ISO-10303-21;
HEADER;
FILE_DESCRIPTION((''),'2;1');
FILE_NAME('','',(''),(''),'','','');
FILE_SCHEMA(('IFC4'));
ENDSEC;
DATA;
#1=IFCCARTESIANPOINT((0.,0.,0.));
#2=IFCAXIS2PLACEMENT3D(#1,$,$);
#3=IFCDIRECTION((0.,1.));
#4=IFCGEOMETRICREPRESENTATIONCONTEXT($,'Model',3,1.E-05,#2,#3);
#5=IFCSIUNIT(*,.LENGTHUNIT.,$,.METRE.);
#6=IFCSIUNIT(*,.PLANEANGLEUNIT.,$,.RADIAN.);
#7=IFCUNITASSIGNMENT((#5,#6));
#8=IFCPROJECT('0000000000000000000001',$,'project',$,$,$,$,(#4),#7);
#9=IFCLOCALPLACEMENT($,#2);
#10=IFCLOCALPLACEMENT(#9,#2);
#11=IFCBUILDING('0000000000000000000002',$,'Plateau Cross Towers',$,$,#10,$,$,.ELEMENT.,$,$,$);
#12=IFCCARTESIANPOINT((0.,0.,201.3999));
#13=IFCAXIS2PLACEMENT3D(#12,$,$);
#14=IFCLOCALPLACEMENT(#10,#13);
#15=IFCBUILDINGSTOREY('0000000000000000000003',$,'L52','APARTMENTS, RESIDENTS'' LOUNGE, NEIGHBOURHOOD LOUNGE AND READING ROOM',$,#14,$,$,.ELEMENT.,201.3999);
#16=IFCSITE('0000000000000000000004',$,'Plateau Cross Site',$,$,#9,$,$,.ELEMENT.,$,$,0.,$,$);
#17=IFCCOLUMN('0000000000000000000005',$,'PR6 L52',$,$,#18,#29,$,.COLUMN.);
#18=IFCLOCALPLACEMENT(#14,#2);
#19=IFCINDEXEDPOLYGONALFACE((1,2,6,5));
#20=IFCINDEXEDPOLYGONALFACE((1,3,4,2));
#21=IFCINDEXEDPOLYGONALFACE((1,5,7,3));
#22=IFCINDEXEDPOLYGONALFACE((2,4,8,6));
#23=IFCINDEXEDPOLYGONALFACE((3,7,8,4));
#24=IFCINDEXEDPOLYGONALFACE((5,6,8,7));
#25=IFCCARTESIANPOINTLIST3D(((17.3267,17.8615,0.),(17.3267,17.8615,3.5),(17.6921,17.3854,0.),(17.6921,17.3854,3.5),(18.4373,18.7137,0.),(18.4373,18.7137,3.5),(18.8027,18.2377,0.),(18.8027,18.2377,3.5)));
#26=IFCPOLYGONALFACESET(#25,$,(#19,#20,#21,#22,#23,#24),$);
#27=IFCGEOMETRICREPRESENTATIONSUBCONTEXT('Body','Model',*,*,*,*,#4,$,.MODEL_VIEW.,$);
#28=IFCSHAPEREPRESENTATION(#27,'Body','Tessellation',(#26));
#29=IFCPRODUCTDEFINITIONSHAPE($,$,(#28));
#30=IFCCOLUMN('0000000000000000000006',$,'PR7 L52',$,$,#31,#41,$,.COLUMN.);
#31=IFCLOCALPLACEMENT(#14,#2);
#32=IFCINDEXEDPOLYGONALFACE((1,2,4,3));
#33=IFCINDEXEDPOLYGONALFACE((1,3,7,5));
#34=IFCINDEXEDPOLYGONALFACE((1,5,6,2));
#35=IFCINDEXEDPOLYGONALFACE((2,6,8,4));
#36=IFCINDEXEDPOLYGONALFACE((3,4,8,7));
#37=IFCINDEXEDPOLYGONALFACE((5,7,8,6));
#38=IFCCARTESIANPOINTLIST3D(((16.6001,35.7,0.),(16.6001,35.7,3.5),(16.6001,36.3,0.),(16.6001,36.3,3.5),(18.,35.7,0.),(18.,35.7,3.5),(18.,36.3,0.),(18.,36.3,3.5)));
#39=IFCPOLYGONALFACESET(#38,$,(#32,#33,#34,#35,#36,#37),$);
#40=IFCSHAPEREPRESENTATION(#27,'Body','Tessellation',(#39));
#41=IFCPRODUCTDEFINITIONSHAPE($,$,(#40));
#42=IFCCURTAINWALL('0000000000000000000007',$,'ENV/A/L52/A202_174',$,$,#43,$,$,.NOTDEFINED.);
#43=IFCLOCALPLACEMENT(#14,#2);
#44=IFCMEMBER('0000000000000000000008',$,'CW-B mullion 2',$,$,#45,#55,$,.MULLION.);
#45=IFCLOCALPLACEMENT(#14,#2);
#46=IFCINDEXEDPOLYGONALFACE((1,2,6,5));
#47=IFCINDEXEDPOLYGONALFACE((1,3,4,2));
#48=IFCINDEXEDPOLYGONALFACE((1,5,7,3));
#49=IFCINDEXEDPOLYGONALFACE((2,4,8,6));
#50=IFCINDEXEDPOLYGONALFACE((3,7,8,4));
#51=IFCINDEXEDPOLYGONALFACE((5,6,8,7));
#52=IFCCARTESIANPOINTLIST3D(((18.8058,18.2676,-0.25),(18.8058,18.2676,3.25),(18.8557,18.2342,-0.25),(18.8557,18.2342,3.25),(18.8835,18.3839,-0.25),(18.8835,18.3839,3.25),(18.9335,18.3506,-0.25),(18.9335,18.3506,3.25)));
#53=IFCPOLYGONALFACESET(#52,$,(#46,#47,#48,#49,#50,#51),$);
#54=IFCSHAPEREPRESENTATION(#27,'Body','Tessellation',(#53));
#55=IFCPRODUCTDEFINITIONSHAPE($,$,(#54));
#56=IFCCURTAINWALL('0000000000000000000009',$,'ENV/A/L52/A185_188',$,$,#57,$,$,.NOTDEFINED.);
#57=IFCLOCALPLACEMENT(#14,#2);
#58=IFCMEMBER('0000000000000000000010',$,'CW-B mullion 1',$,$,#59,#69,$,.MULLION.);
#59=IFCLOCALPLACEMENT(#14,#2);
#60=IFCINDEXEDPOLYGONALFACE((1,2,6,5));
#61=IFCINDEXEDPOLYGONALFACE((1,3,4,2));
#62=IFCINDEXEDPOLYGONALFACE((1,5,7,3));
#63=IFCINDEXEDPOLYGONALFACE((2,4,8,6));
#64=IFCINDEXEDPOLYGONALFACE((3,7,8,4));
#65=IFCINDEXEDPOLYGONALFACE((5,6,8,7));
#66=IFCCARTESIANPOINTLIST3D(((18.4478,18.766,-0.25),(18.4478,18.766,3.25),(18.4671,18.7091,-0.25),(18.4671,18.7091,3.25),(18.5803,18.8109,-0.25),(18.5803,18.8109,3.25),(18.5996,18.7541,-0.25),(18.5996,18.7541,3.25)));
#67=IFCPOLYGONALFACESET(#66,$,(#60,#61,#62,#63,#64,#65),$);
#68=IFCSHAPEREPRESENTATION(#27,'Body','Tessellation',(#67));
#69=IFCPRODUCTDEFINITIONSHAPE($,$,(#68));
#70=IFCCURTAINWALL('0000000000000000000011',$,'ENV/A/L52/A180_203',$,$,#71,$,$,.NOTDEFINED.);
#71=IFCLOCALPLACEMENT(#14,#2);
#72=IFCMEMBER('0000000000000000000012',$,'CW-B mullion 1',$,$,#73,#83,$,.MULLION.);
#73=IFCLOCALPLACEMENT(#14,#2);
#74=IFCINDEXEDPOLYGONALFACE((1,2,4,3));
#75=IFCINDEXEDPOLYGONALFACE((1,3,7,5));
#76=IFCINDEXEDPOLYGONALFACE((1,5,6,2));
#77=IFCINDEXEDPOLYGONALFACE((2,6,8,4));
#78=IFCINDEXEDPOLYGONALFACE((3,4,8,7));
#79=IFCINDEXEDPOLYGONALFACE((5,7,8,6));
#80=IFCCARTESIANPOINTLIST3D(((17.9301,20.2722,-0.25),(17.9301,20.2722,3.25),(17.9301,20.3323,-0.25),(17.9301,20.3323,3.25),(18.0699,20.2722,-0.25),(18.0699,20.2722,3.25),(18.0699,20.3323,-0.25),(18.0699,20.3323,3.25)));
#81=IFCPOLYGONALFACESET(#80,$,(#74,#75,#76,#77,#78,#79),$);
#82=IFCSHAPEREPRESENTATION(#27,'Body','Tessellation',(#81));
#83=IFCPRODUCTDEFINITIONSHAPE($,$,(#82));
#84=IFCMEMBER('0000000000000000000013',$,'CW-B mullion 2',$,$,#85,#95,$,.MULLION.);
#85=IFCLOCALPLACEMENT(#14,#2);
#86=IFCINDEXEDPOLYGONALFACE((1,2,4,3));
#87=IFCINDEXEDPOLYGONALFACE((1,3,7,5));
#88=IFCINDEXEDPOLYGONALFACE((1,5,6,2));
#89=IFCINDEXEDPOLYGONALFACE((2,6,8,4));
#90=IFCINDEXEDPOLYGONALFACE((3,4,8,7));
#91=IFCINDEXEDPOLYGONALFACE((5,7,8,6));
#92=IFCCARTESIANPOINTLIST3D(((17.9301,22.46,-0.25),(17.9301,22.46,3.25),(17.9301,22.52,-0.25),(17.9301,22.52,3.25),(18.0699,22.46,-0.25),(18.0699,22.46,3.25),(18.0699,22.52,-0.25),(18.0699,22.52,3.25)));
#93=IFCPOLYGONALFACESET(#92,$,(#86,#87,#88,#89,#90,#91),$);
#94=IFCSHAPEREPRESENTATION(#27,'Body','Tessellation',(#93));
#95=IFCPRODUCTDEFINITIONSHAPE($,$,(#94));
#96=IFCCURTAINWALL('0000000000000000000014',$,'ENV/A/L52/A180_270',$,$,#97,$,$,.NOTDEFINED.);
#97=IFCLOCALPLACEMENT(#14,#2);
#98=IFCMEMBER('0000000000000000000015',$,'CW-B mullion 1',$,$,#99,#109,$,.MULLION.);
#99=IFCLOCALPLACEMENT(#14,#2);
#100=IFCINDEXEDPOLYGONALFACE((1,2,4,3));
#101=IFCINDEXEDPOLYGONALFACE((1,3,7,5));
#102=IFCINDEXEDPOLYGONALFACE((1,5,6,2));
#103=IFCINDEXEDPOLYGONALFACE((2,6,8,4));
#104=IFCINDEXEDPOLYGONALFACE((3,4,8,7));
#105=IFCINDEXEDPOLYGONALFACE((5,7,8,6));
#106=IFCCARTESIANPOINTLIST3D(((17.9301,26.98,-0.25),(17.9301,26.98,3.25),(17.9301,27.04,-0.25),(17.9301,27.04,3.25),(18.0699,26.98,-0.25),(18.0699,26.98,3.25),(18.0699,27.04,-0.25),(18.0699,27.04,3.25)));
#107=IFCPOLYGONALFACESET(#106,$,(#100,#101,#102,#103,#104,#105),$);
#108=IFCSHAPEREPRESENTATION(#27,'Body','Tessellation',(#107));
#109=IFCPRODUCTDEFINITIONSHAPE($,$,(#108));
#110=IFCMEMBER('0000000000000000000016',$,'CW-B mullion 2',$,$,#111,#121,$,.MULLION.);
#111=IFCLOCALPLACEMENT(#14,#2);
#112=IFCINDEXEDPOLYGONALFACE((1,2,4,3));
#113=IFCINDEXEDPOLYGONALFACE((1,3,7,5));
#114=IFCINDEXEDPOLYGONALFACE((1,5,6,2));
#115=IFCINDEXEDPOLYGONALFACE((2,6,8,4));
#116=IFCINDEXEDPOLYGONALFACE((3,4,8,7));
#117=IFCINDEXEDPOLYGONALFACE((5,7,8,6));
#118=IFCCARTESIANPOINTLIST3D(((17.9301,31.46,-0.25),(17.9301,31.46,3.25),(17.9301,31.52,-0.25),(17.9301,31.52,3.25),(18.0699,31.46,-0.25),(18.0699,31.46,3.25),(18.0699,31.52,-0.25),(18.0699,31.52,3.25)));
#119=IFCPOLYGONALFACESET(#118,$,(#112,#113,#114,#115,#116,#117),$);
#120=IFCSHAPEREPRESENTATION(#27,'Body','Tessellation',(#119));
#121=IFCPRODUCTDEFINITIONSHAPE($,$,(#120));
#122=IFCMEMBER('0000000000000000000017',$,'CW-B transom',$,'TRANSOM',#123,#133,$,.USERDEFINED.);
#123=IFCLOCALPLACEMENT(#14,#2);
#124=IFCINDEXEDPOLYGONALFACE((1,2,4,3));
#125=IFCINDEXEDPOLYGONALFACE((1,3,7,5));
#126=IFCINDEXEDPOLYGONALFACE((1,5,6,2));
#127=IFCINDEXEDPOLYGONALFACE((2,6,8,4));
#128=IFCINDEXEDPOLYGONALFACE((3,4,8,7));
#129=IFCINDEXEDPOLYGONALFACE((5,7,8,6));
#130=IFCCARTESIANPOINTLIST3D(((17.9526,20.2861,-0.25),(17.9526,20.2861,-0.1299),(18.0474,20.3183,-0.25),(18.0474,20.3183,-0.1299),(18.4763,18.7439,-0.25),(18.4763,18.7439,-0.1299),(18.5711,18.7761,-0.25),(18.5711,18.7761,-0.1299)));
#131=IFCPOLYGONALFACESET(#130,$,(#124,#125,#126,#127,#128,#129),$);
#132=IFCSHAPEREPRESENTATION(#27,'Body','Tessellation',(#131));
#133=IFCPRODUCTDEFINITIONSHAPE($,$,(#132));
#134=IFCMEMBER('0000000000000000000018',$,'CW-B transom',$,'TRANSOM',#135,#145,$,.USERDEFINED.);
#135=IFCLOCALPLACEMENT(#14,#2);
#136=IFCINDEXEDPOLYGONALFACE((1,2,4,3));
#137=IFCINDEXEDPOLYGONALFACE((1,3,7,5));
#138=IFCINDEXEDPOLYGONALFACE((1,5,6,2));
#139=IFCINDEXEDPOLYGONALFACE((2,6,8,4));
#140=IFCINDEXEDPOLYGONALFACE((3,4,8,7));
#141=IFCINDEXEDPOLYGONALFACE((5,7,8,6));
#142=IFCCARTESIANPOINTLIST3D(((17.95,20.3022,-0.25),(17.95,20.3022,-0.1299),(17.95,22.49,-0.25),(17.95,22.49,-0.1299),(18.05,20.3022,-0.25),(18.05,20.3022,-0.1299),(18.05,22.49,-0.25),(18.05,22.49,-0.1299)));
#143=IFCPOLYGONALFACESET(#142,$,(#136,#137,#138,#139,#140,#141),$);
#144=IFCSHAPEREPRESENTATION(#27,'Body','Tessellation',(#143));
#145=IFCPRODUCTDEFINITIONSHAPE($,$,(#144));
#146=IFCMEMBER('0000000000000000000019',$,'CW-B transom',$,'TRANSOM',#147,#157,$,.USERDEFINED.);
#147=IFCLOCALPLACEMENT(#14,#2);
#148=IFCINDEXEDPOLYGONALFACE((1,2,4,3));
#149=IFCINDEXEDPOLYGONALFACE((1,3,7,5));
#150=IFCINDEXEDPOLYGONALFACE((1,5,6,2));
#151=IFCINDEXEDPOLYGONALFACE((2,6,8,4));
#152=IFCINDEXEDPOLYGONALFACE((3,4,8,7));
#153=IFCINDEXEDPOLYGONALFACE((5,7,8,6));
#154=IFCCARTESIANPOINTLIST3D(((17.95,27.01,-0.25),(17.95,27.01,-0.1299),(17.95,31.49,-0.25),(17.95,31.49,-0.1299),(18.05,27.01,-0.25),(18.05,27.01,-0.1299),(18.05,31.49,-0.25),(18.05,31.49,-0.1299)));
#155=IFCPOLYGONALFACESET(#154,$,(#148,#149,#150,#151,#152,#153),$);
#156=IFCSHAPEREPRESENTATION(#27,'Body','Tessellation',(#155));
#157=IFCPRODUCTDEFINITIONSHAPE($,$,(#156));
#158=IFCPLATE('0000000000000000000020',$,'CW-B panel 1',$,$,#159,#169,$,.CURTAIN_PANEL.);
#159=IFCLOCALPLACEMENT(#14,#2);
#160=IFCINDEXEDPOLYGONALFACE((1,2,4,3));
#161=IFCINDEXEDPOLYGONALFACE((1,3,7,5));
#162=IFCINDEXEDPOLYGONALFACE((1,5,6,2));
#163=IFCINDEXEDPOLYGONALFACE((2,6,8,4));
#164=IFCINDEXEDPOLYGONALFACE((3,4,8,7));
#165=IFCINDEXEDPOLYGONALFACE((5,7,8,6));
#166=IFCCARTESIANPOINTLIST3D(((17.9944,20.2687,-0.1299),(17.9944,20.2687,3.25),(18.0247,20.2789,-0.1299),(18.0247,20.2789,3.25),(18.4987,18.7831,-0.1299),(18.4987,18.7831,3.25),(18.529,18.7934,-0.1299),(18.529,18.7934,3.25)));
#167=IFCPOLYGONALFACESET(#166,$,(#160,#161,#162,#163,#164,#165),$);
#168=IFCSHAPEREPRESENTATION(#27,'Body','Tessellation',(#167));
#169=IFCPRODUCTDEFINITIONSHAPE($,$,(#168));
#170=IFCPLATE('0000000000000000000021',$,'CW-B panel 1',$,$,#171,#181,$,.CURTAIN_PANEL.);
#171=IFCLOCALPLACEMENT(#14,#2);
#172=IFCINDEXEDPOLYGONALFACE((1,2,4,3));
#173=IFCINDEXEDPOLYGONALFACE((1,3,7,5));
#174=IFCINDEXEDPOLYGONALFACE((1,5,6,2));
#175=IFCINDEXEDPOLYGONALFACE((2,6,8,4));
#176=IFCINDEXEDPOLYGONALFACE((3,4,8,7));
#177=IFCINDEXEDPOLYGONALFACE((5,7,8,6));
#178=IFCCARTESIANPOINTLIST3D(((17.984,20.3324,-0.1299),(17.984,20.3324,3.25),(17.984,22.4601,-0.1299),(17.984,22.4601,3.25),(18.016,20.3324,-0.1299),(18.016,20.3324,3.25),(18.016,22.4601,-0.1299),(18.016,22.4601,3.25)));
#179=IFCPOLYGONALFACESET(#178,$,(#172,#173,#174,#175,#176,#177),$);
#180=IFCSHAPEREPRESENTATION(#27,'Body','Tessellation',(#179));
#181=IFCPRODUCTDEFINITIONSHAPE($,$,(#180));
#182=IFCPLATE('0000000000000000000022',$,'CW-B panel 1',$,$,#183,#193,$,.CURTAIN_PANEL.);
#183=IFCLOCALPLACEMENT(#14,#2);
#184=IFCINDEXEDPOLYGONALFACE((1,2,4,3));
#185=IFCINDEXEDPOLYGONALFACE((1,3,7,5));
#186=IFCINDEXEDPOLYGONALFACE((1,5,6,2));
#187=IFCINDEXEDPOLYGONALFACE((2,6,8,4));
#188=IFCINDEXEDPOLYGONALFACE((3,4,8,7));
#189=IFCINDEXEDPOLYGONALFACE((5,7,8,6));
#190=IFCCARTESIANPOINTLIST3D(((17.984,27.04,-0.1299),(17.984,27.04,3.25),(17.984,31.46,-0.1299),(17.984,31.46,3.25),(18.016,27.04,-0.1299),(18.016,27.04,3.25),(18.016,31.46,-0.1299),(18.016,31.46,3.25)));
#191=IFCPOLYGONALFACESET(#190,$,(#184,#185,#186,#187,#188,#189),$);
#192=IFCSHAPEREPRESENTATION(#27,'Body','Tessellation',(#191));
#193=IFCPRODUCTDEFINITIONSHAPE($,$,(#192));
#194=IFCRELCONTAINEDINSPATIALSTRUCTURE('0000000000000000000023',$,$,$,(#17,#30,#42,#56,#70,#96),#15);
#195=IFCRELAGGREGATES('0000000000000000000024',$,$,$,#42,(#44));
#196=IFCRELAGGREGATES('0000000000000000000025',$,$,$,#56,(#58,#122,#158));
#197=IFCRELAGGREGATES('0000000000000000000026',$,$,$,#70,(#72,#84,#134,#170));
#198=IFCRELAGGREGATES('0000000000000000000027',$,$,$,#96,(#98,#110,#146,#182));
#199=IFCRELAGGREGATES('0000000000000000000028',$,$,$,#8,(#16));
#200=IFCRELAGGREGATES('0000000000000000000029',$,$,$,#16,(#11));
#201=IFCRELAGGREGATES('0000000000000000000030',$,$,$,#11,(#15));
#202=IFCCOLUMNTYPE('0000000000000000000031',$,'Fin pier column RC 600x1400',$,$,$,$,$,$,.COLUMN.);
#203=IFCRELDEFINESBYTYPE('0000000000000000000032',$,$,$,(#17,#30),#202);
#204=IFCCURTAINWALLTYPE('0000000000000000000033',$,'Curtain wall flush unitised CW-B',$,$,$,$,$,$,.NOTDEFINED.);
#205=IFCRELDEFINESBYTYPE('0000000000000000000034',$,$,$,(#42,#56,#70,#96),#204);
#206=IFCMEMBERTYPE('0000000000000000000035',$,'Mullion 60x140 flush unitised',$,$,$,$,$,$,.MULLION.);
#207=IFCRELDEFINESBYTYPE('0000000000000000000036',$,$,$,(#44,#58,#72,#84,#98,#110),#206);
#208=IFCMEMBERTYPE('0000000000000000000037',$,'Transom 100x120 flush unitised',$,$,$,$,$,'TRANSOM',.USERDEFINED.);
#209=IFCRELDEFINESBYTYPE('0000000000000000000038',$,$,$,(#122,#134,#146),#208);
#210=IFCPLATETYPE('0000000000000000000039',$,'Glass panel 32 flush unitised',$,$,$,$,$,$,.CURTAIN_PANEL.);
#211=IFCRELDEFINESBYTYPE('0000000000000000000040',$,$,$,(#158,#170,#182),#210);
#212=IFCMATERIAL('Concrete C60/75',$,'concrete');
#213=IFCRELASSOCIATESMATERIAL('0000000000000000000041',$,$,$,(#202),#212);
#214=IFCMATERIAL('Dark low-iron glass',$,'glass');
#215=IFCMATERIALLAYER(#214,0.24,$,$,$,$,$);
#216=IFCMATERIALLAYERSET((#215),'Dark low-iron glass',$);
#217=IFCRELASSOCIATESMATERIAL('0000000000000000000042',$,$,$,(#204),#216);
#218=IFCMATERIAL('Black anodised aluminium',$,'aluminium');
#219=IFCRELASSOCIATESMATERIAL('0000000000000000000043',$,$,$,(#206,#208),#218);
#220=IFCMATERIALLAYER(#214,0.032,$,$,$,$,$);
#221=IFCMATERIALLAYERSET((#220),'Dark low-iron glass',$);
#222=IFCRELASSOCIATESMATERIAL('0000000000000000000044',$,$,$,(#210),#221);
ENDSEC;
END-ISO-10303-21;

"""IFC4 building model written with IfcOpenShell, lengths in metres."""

from ifc_helpers import new_model, si_unit, direction, frame, origin, origin_2d, place, context, subcontext, project, spatial, rectangle, extrude, material, layer, layer_set, material_profile, profile_set, type_object, element, aggregate, save


model = new_model("IFC4")

# Units and contexts
model_context = context("Model", 3, precision=1e-05, world=origin(), true_north=direction((0.0, 1.0)))
body_context = subcontext(model_context, "Body", "Model", "MODEL_VIEW")
ifc_project = project(units=[si_unit("LENGTHUNIT", "METRE"), si_unit("PLANEANGLEUNIT", "RADIAN")], contexts=[model_context])

# Site, building, storey
site_placement = place(None, origin())
site = spatial("IfcSite", under=ifc_project, at=site_placement, Name="Plateau Cross Site", CompositionType="ELEMENT", RefElevation=0.0)
building_placement = place(site_placement, origin())
building = spatial("IfcBuilding", under=site, at=building_placement, Name="Plateau Cross Towers", CompositionType="ELEMENT")
storey_placement = place(building_placement, frame((0.0, 0.0, 201.3999)))
storey = spatial("IfcBuildingStorey", under=building, at=storey_placement, Name="L52", Description="APARTMENTS, RESIDENTS' LOUNGE, NEIGHBOURHOOD LOUNGE AND READING ROOM", CompositionType="ELEMENT", Elevation=201.3999)

# Columns
ifc_material_1 = material(Name="Concrete C60/75", Category="concrete")
ifc_material_profile_1 = material_profile(ifc_material_1, rectangle(XDim=0.6001, YDim=1.3999, at=origin_2d()), Name="RC 600x1400")
ifc_profile_set_1 = profile_set([ifc_material_profile_1], Name="Concrete C60/75")
column_type = type_object("IfcColumnType", Name="Fin pier column RC 600x1400", PredefinedType="COLUMN", material=ifc_profile_set_1)
for number, where, z_axis, x_axis, name in (
    (1, (18.0647, 18.0496, 0.0), (0.0, 0.0, 1.0), (-0.608811, 0.793315, 0.0), "PR6 L52"),
    (2, (17.3, 36.0, 0.0), (0.0, 0.0, 1.0), (0.0, 1.0, 0.0), "PR7 L52"),
):
    element("IfcColumn", number, at=place(storey_placement, frame(where, z_axis=z_axis, x_axis=x_axis)), inside=storey, type_object=column_type, Name=name, PredefinedType="COLUMN", context=body_context, shape_type="SweptSolid", body=[
        extrude(rectangle(XDim=0.6001, YDim=1.3999, at=origin_2d()), origin(), (0.0, 0.0, 1.0), 3.5),
    ])

# Curtain walls, members
ifc_material_2 = material(Name="Dark low-iron glass", Category="glass")
ifc_layer_1 = layer(ifc_material_2, 0.24)
ifc_layer_set_1 = layer_set([ifc_layer_1], Name="Dark low-iron glass")
curtain_wall_type = type_object("IfcCurtainWallType", Name="Curtain wall flush unitised CW-B", PredefinedType="NOTDEFINED", material=ifc_layer_set_1)
curtain_wall_1_placement = place(storey_placement, origin())
curtain_wall_1 = element("IfcCurtainWall", 3, at=curtain_wall_1_placement, inside=storey, type_object=curtain_wall_type, Name="ENV/A/L52/A202_174", PredefinedType="NOTDEFINED")
ifc_material_3 = material(Name="Black anodised aluminium", Category="aluminium")
ifc_material_profile_2 = material_profile(ifc_material_3, rectangle(XDim=0.0601, YDim=0.1399, at=origin_2d()), Name="MULLION 60x140")
ifc_profile_set_2 = profile_set([ifc_material_profile_2], Name="Black anodised aluminium")
member_type_1 = type_object("IfcMemberType", Name="Mullion 60x140 flush unitised", PredefinedType="MULLION", material=ifc_profile_set_2)
member_1_placement = place(storey_placement, frame((18.8696, 18.3091, -0.25), z_axis=(0.0, 0.0, 1.0), x_axis=(-0.831521, 0.555493, 0.0)))
member_1 = element("IfcMember", 4, at=member_1_placement, type_object=member_type_1, Name="CW-B mullion 2", PredefinedType="MULLION", context=body_context, shape_type="SweptSolid", body=[
    extrude(rectangle(XDim=0.0601, YDim=0.1399, at=origin_2d()), origin(), (0.0, 0.0, 1.0), 3.5),
])
aggregate(curtain_wall_1, [member_1])
curtain_wall_2_placement = place(storey_placement, origin())
curtain_wall_2 = element("IfcCurtainWall", 5, at=curtain_wall_2_placement, inside=storey, type_object=curtain_wall_type, Name="ENV/A/L52/A185_188", PredefinedType="NOTDEFINED")
member_2_placement = place(storey_placement, frame((18.5237, 18.76, -0.25), z_axis=(0.0, 0.0, 1.0), x_axis=(-0.321469, 0.94692, 0.0)))
member_2 = element("IfcMember", 6, at=member_2_placement, type_object=member_type_1, Name="CW-B mullion 1", PredefinedType="MULLION", context=body_context, shape_type="SweptSolid", body=[
    extrude(rectangle(XDim=0.0601, YDim=0.1399, at=origin_2d()), origin(), (0.0, 0.0, 1.0), 3.5),
])

# Curtain walls, members
curtain_wall_3_placement = place(storey_placement, origin())
curtain_wall_3 = element("IfcCurtainWall", 7, at=curtain_wall_3_placement, inside=storey, type_object=curtain_wall_type, Name="ENV/A/L52/A180_203", PredefinedType="NOTDEFINED")
member_3_placement = place(storey_placement, frame((18.0, 20.3022, -0.25), z_axis=(0.0, 0.0, 1.0), x_axis=(0.0, 1.0, 0.0)))
member_3 = element("IfcMember", 8, at=member_3_placement, type_object=member_type_1, Name="CW-B mullion 1", PredefinedType="MULLION", context=body_context, shape_type="SweptSolid", body=[
    extrude(rectangle(XDim=0.0601, YDim=0.1399, at=origin_2d()), origin(), (0.0, 0.0, 1.0), 3.5),
])
member_4_placement = place(storey_placement, frame((18.0, 22.49, -0.25), z_axis=(0.0, 0.0, 1.0), x_axis=(0.0, 1.0, 0.0)))
member_4 = element("IfcMember", 9, at=member_4_placement, type_object=member_type_1, Name="CW-B mullion 2", PredefinedType="MULLION", context=body_context, shape_type="SweptSolid", body=[
    extrude(rectangle(XDim=0.0601, YDim=0.1399, at=origin_2d()), origin(), (0.0, 0.0, 1.0), 3.5),
])
curtain_wall_4_placement = place(storey_placement, origin())
curtain_wall_4 = element("IfcCurtainWall", 10, at=curtain_wall_4_placement, inside=storey, type_object=curtain_wall_type, Name="ENV/A/L52/A180_270", PredefinedType="NOTDEFINED")
member_5_placement = place(storey_placement, frame((18.0, 27.01, -0.25), z_axis=(0.0, 0.0, 1.0), x_axis=(0.0, 1.0, 0.0)))
member_5 = element("IfcMember", 11, at=member_5_placement, type_object=member_type_1, Name="CW-B mullion 1", PredefinedType="MULLION", context=body_context, shape_type="SweptSolid", body=[
    extrude(rectangle(XDim=0.0601, YDim=0.1399, at=origin_2d()), origin(), (0.0, 0.0, 1.0), 3.5),
])
member_6_placement = place(storey_placement, frame((18.0, 31.49, -0.25), z_axis=(0.0, 0.0, 1.0), x_axis=(0.0, 1.0, 0.0)))
member_6 = element("IfcMember", 12, at=member_6_placement, type_object=member_type_1, Name="CW-B mullion 2", PredefinedType="MULLION", context=body_context, shape_type="SweptSolid", body=[
    extrude(rectangle(XDim=0.0601, YDim=0.1399, at=origin_2d()), origin(), (0.0, 0.0, 1.0), 3.5),
])

# Members
ifc_material_profile_3 = material_profile(ifc_material_3, rectangle(XDim=0.1001, YDim=0.1201, at=origin_2d()), Name="TRANSOM 100x120")
ifc_profile_set_3 = profile_set([ifc_material_profile_3], Name="Black anodised aluminium")
member_type_2 = type_object("IfcMemberType", Name="Transom 100x120 flush unitised", ElementType="TRANSOM", PredefinedType="USERDEFINED", material=ifc_profile_set_3)
member_7_placement = place(storey_placement, frame((18.5237, 18.76, -0.1899), z_axis=(-0.321529, 0.9469, 0.0), x_axis=(-0.9469, -0.321529, 0.0)))
member_7 = element("IfcMember", 13, at=member_7_placement, type_object=member_type_2, Name="CW-B transom", ObjectType="TRANSOM", PredefinedType="USERDEFINED", context=body_context, shape_type="SweptSolid", body=[
    extrude(rectangle(XDim=0.1001, YDim=0.1201, at=origin_2d()), origin(), (0.0, 0.0, 1.0), 1.6287),
])
member_8_placement = place(storey_placement, frame((18.0, 20.3022, -0.1899), z_axis=(0.0, 1.0, 0.0), x_axis=(-1.0, 0.0, 0.0)))
member_8 = element("IfcMember", 14, at=member_8_placement, type_object=member_type_2, Name="CW-B transom", ObjectType="TRANSOM", PredefinedType="USERDEFINED", context=body_context, shape_type="SweptSolid", body=[
    extrude(rectangle(XDim=0.1001, YDim=0.1201, at=origin_2d()), origin(), (0.0, 0.0, 1.0), 2.1877),
])
member_9_placement = place(storey_placement, frame((18.0, 27.01, -0.1899), z_axis=(0.0, 1.0, 0.0), x_axis=(-1.0, 0.0, 0.0)))
member_9 = element("IfcMember", 15, at=member_9_placement, type_object=member_type_2, Name="CW-B transom", ObjectType="TRANSOM", PredefinedType="USERDEFINED", context=body_context, shape_type="SweptSolid", body=[
    extrude(rectangle(XDim=0.1001, YDim=0.1201, at=origin_2d()), origin(), (0.0, 0.0, 1.0), 4.48),
])

# Plates
ifc_layer_2 = layer(ifc_material_2, 0.032)
ifc_layer_set_2 = layer_set([ifc_layer_2], Name="Dark low-iron glass")
plate_type = type_object("IfcPlateType", Name="Glass panel 32 flush unitised", PredefinedType="CURTAIN_PANEL", material=ifc_layer_set_2)
plate_1_placement = place(storey_placement, frame((18.2617, 19.531, -0.1299), z_axis=(0.0, 0.0, 1.0), x_axis=(-0.321469, 0.94692, 0.0)))
plate_1 = element("IfcPlate", 16, at=plate_1_placement, type_object=plate_type, Name="CW-B panel 1", PredefinedType="CURTAIN_PANEL", context=body_context, shape_type="SweptSolid", body=[
    extrude(rectangle(XDim=1.5688, YDim=0.032, at=origin_2d()), origin(), (0.0, 0.0, 1.0), 3.3799),
])
aggregate(curtain_wall_2, [member_2, member_7, plate_1])
plate_2_placement = place(storey_placement, frame((18.0, 21.3962, -0.1299), z_axis=(0.0, 0.0, 1.0), x_axis=(0.0, 1.0, 0.0)))
plate_2 = element("IfcPlate", 17, at=plate_2_placement, type_object=plate_type, Name="CW-B panel 1", PredefinedType="CURTAIN_PANEL", context=body_context, shape_type="SweptSolid", body=[
    extrude(rectangle(XDim=2.1277, YDim=0.032, at=origin_2d()), origin(), (0.0, 0.0, 1.0), 3.3799),
])
aggregate(curtain_wall_3, [member_3, member_4, member_8, plate_2])
plate_3_placement = place(storey_placement, frame((18.0, 29.25, -0.1299), z_axis=(0.0, 0.0, 1.0), x_axis=(0.0, 1.0, 0.0)))
plate_3 = element("IfcPlate", 18, at=plate_3_placement, type_object=plate_type, Name="CW-B panel 1", PredefinedType="CURTAIN_PANEL", context=body_context, shape_type="SweptSolid", body=[
    extrude(rectangle(XDim=4.4199, YDim=0.032, at=origin_2d()), origin(), (0.0, 0.0, 1.0), 3.3799),
])
aggregate(curtain_wall_4, [member_5, member_6, member_9, plate_3])

save(model, "model.ifc")
